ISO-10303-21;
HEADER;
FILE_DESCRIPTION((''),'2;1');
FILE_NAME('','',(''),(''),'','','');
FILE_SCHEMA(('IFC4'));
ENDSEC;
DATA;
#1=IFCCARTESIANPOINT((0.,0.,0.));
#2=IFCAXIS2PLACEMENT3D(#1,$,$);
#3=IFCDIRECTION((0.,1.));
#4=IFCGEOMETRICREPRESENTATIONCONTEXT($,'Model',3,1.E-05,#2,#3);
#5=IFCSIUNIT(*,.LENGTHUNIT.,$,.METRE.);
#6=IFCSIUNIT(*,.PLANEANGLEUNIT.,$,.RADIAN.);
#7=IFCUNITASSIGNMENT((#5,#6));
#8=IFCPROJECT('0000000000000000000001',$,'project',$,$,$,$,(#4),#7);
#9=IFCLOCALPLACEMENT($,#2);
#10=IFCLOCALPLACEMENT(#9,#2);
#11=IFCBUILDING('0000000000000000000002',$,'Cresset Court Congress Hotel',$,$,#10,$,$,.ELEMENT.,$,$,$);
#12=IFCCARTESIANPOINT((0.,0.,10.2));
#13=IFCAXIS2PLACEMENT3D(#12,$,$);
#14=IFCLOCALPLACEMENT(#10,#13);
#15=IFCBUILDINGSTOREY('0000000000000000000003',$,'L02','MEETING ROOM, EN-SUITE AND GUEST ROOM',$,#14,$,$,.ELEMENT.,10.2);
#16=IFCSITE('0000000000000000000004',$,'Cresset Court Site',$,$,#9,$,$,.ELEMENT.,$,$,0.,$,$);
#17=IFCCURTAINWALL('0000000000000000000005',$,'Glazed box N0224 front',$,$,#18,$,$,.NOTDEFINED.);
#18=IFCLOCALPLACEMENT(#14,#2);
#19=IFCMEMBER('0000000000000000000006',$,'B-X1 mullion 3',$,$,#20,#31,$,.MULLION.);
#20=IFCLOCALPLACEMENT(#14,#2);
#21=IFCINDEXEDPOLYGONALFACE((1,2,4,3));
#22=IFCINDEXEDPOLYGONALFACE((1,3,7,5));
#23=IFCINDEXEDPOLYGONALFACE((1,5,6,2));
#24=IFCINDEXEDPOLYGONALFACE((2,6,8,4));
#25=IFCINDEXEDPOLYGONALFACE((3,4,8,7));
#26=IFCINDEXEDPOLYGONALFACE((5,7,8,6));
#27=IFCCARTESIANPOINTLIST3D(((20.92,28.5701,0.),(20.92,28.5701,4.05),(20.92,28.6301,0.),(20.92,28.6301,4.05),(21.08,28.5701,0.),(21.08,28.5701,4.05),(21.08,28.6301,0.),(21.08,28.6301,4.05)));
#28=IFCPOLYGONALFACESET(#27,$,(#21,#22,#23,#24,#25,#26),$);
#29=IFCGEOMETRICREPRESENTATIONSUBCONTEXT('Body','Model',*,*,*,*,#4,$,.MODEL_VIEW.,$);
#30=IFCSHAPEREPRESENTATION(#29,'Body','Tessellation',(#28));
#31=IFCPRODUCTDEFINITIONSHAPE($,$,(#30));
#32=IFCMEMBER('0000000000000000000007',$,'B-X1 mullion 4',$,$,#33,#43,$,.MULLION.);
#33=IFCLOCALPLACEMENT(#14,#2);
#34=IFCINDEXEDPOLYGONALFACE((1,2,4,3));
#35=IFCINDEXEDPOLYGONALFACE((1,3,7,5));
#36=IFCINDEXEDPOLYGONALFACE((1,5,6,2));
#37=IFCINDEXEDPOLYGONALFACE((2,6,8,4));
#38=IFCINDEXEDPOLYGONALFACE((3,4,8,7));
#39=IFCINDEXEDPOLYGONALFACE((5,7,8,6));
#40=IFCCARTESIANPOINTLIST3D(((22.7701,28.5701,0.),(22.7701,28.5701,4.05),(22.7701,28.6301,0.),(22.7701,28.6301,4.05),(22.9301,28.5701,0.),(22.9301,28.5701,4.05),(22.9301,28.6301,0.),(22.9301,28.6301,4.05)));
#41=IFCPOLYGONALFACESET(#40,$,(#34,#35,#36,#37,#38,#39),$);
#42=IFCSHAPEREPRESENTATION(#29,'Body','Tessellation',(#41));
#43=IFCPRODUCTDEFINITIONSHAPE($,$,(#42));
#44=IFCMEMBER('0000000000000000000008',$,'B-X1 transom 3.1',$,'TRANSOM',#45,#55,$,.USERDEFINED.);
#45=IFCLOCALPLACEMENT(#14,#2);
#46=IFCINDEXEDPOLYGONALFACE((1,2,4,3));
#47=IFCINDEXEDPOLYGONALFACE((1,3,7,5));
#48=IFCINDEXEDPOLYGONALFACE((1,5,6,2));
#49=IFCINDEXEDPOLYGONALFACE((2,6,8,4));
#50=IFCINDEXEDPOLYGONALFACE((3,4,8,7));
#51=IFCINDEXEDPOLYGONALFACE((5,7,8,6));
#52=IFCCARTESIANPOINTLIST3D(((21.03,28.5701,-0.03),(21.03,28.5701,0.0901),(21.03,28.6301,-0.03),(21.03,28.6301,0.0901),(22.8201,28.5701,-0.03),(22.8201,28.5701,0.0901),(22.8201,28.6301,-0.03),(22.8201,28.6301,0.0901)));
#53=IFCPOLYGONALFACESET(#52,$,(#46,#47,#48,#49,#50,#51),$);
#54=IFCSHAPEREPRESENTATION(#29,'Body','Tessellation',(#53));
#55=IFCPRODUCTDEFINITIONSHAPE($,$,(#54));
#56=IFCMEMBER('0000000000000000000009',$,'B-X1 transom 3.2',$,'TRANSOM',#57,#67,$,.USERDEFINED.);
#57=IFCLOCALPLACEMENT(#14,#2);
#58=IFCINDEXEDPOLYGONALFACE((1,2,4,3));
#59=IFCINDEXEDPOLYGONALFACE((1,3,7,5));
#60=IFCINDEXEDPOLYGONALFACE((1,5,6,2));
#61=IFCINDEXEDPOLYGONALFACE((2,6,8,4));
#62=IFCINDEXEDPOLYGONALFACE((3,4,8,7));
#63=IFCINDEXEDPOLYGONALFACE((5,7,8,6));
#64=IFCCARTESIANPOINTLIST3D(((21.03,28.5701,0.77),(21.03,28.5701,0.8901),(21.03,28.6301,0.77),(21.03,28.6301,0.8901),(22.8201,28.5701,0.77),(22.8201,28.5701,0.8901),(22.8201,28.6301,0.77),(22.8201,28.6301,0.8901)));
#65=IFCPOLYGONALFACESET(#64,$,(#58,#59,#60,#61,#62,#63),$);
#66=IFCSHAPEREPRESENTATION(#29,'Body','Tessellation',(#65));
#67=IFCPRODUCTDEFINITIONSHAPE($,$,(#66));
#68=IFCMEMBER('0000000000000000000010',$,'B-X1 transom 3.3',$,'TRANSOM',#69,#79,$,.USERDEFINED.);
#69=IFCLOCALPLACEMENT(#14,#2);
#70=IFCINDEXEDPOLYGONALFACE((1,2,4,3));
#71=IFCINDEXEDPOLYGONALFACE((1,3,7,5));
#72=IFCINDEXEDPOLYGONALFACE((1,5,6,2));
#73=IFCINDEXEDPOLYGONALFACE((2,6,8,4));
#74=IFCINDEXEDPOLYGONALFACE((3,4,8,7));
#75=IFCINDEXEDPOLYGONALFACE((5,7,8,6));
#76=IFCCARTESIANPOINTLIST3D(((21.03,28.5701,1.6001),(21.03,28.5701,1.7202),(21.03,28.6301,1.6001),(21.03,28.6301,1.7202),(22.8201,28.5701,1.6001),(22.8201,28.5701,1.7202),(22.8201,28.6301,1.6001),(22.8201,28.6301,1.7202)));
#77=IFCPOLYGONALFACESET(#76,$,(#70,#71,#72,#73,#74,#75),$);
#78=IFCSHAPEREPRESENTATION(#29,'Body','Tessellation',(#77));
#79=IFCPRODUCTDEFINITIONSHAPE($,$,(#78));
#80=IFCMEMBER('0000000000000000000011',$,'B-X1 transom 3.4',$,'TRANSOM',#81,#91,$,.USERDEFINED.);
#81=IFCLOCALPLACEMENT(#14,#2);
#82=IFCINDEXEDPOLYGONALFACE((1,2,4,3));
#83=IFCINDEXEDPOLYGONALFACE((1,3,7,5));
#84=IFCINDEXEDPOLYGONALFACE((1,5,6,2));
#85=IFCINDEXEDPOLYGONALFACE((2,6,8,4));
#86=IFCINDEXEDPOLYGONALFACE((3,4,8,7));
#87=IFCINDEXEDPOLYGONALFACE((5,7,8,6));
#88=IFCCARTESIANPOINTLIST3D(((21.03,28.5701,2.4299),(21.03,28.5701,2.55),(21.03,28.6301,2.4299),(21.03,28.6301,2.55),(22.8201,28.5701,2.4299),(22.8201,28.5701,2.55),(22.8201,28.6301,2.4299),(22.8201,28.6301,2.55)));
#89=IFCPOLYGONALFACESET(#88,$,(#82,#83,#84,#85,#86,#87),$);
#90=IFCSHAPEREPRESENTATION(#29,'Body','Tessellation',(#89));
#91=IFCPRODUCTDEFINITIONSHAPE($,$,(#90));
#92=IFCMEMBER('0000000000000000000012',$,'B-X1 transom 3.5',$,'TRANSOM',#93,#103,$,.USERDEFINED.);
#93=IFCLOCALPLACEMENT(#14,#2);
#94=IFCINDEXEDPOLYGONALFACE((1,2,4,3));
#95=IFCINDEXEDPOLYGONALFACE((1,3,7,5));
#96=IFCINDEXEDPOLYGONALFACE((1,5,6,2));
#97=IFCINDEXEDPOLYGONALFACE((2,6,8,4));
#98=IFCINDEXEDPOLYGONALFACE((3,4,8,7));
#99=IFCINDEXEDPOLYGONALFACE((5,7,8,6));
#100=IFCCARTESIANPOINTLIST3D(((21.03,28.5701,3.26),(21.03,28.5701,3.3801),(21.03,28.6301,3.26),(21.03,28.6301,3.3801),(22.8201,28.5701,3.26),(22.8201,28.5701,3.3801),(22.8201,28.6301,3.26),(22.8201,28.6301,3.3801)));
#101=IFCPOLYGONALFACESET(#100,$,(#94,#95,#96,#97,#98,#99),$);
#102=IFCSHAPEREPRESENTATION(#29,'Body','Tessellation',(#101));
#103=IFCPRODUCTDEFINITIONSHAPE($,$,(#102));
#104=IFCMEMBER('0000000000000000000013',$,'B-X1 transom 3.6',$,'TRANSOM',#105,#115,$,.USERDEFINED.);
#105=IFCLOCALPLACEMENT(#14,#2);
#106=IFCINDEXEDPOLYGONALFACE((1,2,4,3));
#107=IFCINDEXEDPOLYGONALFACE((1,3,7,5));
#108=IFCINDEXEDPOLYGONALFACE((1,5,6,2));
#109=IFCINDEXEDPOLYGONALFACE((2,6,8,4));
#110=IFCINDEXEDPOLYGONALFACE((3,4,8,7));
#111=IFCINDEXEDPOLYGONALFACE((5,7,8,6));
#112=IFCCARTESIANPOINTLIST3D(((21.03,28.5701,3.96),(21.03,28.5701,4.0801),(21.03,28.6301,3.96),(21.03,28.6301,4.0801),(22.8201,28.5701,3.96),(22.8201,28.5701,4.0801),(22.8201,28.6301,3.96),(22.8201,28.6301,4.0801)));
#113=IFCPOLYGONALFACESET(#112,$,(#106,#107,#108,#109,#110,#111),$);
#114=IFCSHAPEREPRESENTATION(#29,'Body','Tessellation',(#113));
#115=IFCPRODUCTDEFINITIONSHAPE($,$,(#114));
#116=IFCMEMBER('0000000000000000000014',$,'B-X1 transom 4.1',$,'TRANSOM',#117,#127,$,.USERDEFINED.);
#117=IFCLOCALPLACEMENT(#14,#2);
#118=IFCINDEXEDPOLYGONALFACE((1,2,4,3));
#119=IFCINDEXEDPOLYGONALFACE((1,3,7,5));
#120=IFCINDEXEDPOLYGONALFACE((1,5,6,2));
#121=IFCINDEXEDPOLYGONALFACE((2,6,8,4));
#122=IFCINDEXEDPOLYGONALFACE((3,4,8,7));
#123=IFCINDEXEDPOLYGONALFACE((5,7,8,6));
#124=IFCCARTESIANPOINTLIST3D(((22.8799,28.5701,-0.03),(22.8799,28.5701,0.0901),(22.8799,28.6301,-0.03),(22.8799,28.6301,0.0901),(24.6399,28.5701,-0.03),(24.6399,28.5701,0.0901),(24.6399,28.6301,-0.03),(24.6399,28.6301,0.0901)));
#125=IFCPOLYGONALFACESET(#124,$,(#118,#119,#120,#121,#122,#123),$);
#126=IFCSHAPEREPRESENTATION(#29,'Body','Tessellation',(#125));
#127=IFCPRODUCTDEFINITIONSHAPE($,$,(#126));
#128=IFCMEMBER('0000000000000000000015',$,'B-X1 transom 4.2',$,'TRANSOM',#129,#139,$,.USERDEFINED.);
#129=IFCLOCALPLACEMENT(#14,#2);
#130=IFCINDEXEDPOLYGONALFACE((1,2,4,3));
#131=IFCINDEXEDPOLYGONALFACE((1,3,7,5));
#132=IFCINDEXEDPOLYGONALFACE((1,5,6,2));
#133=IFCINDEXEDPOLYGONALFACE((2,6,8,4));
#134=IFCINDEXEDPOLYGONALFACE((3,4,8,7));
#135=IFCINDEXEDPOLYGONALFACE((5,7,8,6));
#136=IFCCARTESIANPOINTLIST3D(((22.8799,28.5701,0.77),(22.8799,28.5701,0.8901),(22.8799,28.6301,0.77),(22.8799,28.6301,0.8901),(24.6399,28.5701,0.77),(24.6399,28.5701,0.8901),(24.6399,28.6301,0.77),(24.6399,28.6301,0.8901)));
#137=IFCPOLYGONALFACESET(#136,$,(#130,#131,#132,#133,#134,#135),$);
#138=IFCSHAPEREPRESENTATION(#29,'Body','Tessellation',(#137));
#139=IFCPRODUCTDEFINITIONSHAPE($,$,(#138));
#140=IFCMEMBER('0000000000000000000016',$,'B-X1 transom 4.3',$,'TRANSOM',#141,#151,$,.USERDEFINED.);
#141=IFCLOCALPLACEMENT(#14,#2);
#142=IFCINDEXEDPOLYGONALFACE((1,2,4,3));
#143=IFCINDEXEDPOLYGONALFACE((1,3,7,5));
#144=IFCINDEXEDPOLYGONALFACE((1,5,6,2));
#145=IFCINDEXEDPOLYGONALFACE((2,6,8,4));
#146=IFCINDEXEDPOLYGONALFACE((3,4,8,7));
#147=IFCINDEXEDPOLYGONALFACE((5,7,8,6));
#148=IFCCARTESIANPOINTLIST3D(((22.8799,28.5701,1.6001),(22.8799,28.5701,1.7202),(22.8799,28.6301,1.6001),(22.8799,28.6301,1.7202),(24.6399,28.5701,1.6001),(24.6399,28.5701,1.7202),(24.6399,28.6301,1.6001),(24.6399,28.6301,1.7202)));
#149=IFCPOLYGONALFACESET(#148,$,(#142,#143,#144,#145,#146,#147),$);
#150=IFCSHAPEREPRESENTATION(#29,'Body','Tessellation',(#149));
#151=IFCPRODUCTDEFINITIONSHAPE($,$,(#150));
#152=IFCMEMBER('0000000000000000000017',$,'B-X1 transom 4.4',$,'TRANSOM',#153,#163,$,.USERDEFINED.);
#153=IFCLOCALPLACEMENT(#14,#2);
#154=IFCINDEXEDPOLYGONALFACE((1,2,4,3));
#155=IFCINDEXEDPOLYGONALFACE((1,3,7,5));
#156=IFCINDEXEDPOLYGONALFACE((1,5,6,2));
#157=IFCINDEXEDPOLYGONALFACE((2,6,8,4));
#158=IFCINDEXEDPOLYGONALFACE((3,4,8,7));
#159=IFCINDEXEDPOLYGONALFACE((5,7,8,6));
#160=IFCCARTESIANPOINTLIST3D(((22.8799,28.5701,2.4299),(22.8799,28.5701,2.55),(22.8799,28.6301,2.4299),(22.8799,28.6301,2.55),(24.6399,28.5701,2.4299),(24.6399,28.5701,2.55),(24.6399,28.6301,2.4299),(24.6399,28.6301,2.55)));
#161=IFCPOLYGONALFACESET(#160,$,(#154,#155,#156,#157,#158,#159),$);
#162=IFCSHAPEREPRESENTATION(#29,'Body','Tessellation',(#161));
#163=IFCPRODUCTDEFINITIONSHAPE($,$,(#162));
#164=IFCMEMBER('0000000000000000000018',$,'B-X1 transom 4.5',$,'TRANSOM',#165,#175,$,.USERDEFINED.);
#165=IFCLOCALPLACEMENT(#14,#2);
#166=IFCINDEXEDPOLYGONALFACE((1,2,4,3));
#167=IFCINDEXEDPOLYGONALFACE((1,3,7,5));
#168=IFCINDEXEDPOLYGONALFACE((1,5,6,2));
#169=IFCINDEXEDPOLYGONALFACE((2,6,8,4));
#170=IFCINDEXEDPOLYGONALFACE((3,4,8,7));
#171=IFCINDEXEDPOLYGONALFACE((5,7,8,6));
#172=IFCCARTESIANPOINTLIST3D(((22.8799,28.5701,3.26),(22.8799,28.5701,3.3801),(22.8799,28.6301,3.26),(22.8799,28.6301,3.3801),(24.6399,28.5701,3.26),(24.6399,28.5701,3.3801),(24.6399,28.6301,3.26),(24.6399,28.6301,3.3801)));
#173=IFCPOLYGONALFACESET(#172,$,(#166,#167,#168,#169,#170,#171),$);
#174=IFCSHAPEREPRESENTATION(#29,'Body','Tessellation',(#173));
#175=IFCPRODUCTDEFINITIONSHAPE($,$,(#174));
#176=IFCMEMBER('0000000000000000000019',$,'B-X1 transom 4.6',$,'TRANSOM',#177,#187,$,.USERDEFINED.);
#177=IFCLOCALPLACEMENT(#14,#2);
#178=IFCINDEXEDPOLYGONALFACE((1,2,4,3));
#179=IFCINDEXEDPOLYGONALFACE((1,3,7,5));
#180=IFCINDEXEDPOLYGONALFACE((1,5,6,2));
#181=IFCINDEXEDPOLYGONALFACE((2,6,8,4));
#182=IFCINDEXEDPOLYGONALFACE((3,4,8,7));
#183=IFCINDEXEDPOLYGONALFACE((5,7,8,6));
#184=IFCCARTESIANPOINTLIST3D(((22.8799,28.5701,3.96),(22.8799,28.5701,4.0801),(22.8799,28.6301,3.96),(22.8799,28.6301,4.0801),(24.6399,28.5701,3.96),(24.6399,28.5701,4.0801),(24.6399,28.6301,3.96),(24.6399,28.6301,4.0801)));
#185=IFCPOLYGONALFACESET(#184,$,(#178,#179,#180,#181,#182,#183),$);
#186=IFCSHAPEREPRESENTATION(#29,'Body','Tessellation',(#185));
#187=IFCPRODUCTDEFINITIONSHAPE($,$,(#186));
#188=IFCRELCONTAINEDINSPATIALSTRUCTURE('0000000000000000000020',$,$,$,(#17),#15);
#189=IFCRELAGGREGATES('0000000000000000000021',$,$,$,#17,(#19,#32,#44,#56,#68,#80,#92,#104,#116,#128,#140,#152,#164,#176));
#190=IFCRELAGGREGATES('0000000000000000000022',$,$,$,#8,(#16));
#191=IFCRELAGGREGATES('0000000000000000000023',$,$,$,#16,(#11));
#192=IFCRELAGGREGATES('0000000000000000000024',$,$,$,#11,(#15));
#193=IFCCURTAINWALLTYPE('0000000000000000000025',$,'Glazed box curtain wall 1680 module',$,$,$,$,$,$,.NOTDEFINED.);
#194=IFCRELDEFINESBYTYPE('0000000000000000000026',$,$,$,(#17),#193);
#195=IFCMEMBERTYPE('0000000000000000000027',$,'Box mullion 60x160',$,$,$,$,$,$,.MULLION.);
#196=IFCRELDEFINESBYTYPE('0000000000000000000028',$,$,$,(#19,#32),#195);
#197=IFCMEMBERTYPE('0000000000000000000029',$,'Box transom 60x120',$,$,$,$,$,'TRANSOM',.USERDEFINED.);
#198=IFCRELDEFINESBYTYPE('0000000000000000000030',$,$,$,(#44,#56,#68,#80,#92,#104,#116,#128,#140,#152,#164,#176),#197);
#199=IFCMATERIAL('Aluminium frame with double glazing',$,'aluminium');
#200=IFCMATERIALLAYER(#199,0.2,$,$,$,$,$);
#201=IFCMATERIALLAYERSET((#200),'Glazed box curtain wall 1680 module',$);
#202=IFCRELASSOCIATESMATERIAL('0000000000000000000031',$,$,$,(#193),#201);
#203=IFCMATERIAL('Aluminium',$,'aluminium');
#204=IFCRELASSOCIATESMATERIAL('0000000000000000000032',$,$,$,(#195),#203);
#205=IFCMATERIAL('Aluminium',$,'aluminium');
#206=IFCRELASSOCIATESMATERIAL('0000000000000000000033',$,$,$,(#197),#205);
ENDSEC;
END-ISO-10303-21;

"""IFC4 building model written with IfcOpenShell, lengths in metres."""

from ifc_helpers import new_model, si_unit, direction, frame, origin, origin_2d, place, context, subcontext, project, spatial, rectangle, extrude, material, layer, layer_set, material_profile, profile_set, type_object, element, aggregate, save


model = new_model("IFC4")

# Units and contexts
model_context = context("Model", 3, precision=1e-05, world=origin(), true_north=direction((0.0, 1.0)))
body_context = subcontext(model_context, "Body", "Model", "MODEL_VIEW")
ifc_project = project(units=[si_unit("LENGTHUNIT", "METRE"), si_unit("PLANEANGLEUNIT", "RADIAN")], contexts=[model_context])

# Site, building, storey
site_placement = place(None, origin())
site = spatial("IfcSite", under=ifc_project, at=site_placement, Name="Cresset Court Site", CompositionType="ELEMENT", RefElevation=0.0)
building_placement = place(site_placement, origin())
building = spatial("IfcBuilding", under=site, at=building_placement, Name="Cresset Court Congress Hotel", CompositionType="ELEMENT")
storey_placement = place(building_placement, frame((0.0, 0.0, 10.2)))
storey = spatial("IfcBuildingStorey", under=building, at=storey_placement, Name="L02", Description="MEETING ROOM, EN-SUITE AND GUEST ROOM", CompositionType="ELEMENT", Elevation=10.2)

# Curtain wall, members
ifc_material_1 = material(Name="Aluminium frame with double glazing", Category="aluminium")
ifc_layer_1 = layer(ifc_material_1, 0.2)
ifc_layer_set_1 = layer_set([ifc_layer_1], Name="Glazed box curtain wall 1680 module")
curtain_wall_type = type_object("IfcCurtainWallType", Name="Glazed box curtain wall 1680 module", PredefinedType="NOTDEFINED", material=ifc_layer_set_1)
curtain_wall_placement = place(storey_placement, origin())
curtain_wall = element("IfcCurtainWall", 1, at=curtain_wall_placement, inside=storey, type_object=curtain_wall_type, Name="Glazed box N0224 front", PredefinedType="NOTDEFINED")
ifc_material_2 = material(Name="Aluminium", Category="aluminium")
ifc_material_profile_1 = material_profile(ifc_material_2, rectangle(XDim=0.0601, YDim=0.1599, at=origin_2d()), Name="Box mullion 60x160")
ifc_profile_set_1 = profile_set([ifc_material_profile_1], Name="Aluminium")
member_type_1 = type_object("IfcMemberType", Name="Box mullion 60x160", PredefinedType="MULLION", material=ifc_profile_set_1)
member_1_placement = place(storey_placement, frame((21.0, 28.6001, 0.0), z_axis=(0.0, 0.0, 1.0), x_axis=(0.0, 1.0, 0.0)))
member_1 = element("IfcMember", 2, at=member_1_placement, type_object=member_type_1, Name="B-X1 mullion 3", PredefinedType="MULLION", context=body_context, shape_type="SweptSolid", body=[
    extrude(rectangle(XDim=0.0601, YDim=0.1599, at=origin_2d()), origin(), (0.0, 0.0, 1.0), 4.05),
])
member_2_placement = place(storey_placement, frame((22.8501, 28.6001, 0.0), z_axis=(0.0, 0.0, 1.0), x_axis=(0.0, 1.0, 0.0)))
member_2 = element("IfcMember", 3, at=member_2_placement, type_object=member_type_1, Name="B-X1 mullion 4", PredefinedType="MULLION", context=body_context, shape_type="SweptSolid", body=[
    extrude(rectangle(XDim=0.0601, YDim=0.1599, at=origin_2d()), origin(), (0.0, 0.0, 1.0), 4.05),
])
ifc_material_3 = material(Name="Aluminium", Category="aluminium")
ifc_material_profile_2 = material_profile(ifc_material_3, rectangle(XDim=0.0601, YDim=0.1201, at=origin_2d()), Name="Box transom 60x120")
ifc_profile_set_2 = profile_set([ifc_material_profile_2], Name="Aluminium")
member_type_2 = type_object("IfcMemberType", Name="Box transom 60x120", ElementType="TRANSOM", PredefinedType="USERDEFINED", material=ifc_profile_set_2)
member_3_placement = place(storey_placement, frame((21.03, 28.6001, 0.03), z_axis=(1.0, 0.0, 0.0), x_axis=(0.0, 1.0, 0.0)))
member_3 = element("IfcMember", 4, at=member_3_placement, type_object=member_type_2, Name="B-X1 transom 3.1", ObjectType="TRANSOM", PredefinedType="USERDEFINED", context=body_context, shape_type="SweptSolid", body=[
    extrude(rectangle(XDim=0.0601, YDim=0.1201, at=origin_2d()), origin(), (0.0, 0.0, 1.0), 1.79),
])
member_4_placement = place(storey_placement, frame((21.03, 28.6001, 0.8301), z_axis=(1.0, 0.0, 0.0), x_axis=(0.0, 1.0, 0.0)))
member_4 = element("IfcMember", 5, at=member_4_placement, type_object=member_type_2, Name="B-X1 transom 3.2", ObjectType="TRANSOM", PredefinedType="USERDEFINED", context=body_context, shape_type="SweptSolid", body=[
    extrude(rectangle(XDim=0.0601, YDim=0.1201, at=origin_2d()), origin(), (0.0, 0.0, 1.0), 1.79),
])
member_5_placement = place(storey_placement, frame((21.03, 28.6001, 1.6602), z_axis=(1.0, 0.0, 0.0), x_axis=(0.0, 1.0, 0.0)))
member_5 = element("IfcMember", 6, at=member_5_placement, type_object=member_type_2, Name="B-X1 transom 3.3", ObjectType="TRANSOM", PredefinedType="USERDEFINED", context=body_context, shape_type="SweptSolid", body=[
    extrude(rectangle(XDim=0.0601, YDim=0.1201, at=origin_2d()), origin(), (0.0, 0.0, 1.0), 1.79),
])
member_6_placement = place(storey_placement, frame((21.03, 28.6001, 2.49), z_axis=(1.0, 0.0, 0.0), x_axis=(0.0, 1.0, 0.0)))
member_6 = element("IfcMember", 7, at=member_6_placement, type_object=member_type_2, Name="B-X1 transom 3.4", ObjectType="TRANSOM", PredefinedType="USERDEFINED", context=body_context, shape_type="SweptSolid", body=[
    extrude(rectangle(XDim=0.0601, YDim=0.1201, at=origin_2d()), origin(), (0.0, 0.0, 1.0), 1.79),
])
member_7_placement = place(storey_placement, frame((21.03, 28.6001, 3.3201), z_axis=(1.0, 0.0, 0.0), x_axis=(0.0, 1.0, 0.0)))
member_7 = element("IfcMember", 8, at=member_7_placement, type_object=member_type_2, Name="B-X1 transom 3.5", ObjectType="TRANSOM", PredefinedType="USERDEFINED", context=body_context, shape_type="SweptSolid", body=[
    extrude(rectangle(XDim=0.0601, YDim=0.1201, at=origin_2d()), origin(), (0.0, 0.0, 1.0), 1.79),
])
member_8_placement = place(storey_placement, frame((21.03, 28.6001, 4.02), z_axis=(1.0, 0.0, 0.0), x_axis=(0.0, 1.0, 0.0)))
member_8 = element("IfcMember", 9, at=member_8_placement, type_object=member_type_2, Name="B-X1 transom 3.6", ObjectType="TRANSOM", PredefinedType="USERDEFINED", context=body_context, shape_type="SweptSolid", body=[
    extrude(rectangle(XDim=0.0601, YDim=0.1201, at=origin_2d()), origin(), (0.0, 0.0, 1.0), 1.79),
])
member_9_placement = place(storey_placement, frame((22.8799, 28.6001, 0.03), z_axis=(1.0, 0.0, 0.0), x_axis=(0.0, 1.0, 0.0)))
member_9 = element("IfcMember", 10, at=member_9_placement, type_object=member_type_2, Name="B-X1 transom 4.1", ObjectType="TRANSOM", PredefinedType="USERDEFINED", context=body_context, shape_type="SweptSolid", body=[
    extrude(rectangle(XDim=0.0601, YDim=0.1201, at=origin_2d()), origin(), (0.0, 0.0, 1.0), 1.76),
])
member_10_placement = place(storey_placement, frame((22.8799, 28.6001, 0.8301), z_axis=(1.0, 0.0, 0.0), x_axis=(0.0, 1.0, 0.0)))
member_10 = element("IfcMember", 11, at=member_10_placement, type_object=member_type_2, Name="B-X1 transom 4.2", ObjectType="TRANSOM", PredefinedType="USERDEFINED", context=body_context, shape_type="SweptSolid", body=[
    extrude(rectangle(XDim=0.0601, YDim=0.1201, at=origin_2d()), origin(), (0.0, 0.0, 1.0), 1.76),
])
member_11_placement = place(storey_placement, frame((22.8799, 28.6001, 1.6602), z_axis=(1.0, 0.0, 0.0), x_axis=(0.0, 1.0, 0.0)))
member_11 = element("IfcMember", 12, at=member_11_placement, type_object=member_type_2, Name="B-X1 transom 4.3", ObjectType="TRANSOM", PredefinedType="USERDEFINED", context=body_context, shape_type="SweptSolid", body=[
    extrude(rectangle(XDim=0.0601, YDim=0.1201, at=origin_2d()), origin(), (0.0, 0.0, 1.0), 1.76),
])
member_12_placement = place(storey_placement, frame((22.8799, 28.6001, 2.49), z_axis=(1.0, 0.0, 0.0), x_axis=(0.0, 1.0, 0.0)))
member_12 = element("IfcMember", 13, at=member_12_placement, type_object=member_type_2, Name="B-X1 transom 4.4", ObjectType="TRANSOM", PredefinedType="USERDEFINED", context=body_context, shape_type="SweptSolid", body=[
    extrude(rectangle(XDim=0.0601, YDim=0.1201, at=origin_2d()), origin(), (0.0, 0.0, 1.0), 1.76),
])
member_13_placement = place(storey_placement, frame((22.8799, 28.6001, 3.3201), z_axis=(1.0, 0.0, 0.0), x_axis=(0.0, 1.0, 0.0)))
member_13 = element("IfcMember", 14, at=member_13_placement, type_object=member_type_2, Name="B-X1 transom 4.5", ObjectType="TRANSOM", PredefinedType="USERDEFINED", context=body_context, shape_type="SweptSolid", body=[
    extrude(rectangle(XDim=0.0601, YDim=0.1201, at=origin_2d()), origin(), (0.0, 0.0, 1.0), 1.76),
])
member_14_placement = place(storey_placement, frame((22.8799, 28.6001, 4.02), z_axis=(1.0, 0.0, 0.0), x_axis=(0.0, 1.0, 0.0)))
member_14 = element("IfcMember", 15, at=member_14_placement, type_object=member_type_2, Name="B-X1 transom 4.6", ObjectType="TRANSOM", PredefinedType="USERDEFINED", context=body_context, shape_type="SweptSolid", body=[
    extrude(rectangle(XDim=0.0601, YDim=0.1201, at=origin_2d()), origin(), (0.0, 0.0, 1.0), 1.76),
])
aggregate(curtain_wall, [member_1, member_2, member_3, member_4, member_5, member_6, member_7, member_8, member_9, member_10, member_11, member_12, member_13, member_14])

save(model, "model.ifc")
